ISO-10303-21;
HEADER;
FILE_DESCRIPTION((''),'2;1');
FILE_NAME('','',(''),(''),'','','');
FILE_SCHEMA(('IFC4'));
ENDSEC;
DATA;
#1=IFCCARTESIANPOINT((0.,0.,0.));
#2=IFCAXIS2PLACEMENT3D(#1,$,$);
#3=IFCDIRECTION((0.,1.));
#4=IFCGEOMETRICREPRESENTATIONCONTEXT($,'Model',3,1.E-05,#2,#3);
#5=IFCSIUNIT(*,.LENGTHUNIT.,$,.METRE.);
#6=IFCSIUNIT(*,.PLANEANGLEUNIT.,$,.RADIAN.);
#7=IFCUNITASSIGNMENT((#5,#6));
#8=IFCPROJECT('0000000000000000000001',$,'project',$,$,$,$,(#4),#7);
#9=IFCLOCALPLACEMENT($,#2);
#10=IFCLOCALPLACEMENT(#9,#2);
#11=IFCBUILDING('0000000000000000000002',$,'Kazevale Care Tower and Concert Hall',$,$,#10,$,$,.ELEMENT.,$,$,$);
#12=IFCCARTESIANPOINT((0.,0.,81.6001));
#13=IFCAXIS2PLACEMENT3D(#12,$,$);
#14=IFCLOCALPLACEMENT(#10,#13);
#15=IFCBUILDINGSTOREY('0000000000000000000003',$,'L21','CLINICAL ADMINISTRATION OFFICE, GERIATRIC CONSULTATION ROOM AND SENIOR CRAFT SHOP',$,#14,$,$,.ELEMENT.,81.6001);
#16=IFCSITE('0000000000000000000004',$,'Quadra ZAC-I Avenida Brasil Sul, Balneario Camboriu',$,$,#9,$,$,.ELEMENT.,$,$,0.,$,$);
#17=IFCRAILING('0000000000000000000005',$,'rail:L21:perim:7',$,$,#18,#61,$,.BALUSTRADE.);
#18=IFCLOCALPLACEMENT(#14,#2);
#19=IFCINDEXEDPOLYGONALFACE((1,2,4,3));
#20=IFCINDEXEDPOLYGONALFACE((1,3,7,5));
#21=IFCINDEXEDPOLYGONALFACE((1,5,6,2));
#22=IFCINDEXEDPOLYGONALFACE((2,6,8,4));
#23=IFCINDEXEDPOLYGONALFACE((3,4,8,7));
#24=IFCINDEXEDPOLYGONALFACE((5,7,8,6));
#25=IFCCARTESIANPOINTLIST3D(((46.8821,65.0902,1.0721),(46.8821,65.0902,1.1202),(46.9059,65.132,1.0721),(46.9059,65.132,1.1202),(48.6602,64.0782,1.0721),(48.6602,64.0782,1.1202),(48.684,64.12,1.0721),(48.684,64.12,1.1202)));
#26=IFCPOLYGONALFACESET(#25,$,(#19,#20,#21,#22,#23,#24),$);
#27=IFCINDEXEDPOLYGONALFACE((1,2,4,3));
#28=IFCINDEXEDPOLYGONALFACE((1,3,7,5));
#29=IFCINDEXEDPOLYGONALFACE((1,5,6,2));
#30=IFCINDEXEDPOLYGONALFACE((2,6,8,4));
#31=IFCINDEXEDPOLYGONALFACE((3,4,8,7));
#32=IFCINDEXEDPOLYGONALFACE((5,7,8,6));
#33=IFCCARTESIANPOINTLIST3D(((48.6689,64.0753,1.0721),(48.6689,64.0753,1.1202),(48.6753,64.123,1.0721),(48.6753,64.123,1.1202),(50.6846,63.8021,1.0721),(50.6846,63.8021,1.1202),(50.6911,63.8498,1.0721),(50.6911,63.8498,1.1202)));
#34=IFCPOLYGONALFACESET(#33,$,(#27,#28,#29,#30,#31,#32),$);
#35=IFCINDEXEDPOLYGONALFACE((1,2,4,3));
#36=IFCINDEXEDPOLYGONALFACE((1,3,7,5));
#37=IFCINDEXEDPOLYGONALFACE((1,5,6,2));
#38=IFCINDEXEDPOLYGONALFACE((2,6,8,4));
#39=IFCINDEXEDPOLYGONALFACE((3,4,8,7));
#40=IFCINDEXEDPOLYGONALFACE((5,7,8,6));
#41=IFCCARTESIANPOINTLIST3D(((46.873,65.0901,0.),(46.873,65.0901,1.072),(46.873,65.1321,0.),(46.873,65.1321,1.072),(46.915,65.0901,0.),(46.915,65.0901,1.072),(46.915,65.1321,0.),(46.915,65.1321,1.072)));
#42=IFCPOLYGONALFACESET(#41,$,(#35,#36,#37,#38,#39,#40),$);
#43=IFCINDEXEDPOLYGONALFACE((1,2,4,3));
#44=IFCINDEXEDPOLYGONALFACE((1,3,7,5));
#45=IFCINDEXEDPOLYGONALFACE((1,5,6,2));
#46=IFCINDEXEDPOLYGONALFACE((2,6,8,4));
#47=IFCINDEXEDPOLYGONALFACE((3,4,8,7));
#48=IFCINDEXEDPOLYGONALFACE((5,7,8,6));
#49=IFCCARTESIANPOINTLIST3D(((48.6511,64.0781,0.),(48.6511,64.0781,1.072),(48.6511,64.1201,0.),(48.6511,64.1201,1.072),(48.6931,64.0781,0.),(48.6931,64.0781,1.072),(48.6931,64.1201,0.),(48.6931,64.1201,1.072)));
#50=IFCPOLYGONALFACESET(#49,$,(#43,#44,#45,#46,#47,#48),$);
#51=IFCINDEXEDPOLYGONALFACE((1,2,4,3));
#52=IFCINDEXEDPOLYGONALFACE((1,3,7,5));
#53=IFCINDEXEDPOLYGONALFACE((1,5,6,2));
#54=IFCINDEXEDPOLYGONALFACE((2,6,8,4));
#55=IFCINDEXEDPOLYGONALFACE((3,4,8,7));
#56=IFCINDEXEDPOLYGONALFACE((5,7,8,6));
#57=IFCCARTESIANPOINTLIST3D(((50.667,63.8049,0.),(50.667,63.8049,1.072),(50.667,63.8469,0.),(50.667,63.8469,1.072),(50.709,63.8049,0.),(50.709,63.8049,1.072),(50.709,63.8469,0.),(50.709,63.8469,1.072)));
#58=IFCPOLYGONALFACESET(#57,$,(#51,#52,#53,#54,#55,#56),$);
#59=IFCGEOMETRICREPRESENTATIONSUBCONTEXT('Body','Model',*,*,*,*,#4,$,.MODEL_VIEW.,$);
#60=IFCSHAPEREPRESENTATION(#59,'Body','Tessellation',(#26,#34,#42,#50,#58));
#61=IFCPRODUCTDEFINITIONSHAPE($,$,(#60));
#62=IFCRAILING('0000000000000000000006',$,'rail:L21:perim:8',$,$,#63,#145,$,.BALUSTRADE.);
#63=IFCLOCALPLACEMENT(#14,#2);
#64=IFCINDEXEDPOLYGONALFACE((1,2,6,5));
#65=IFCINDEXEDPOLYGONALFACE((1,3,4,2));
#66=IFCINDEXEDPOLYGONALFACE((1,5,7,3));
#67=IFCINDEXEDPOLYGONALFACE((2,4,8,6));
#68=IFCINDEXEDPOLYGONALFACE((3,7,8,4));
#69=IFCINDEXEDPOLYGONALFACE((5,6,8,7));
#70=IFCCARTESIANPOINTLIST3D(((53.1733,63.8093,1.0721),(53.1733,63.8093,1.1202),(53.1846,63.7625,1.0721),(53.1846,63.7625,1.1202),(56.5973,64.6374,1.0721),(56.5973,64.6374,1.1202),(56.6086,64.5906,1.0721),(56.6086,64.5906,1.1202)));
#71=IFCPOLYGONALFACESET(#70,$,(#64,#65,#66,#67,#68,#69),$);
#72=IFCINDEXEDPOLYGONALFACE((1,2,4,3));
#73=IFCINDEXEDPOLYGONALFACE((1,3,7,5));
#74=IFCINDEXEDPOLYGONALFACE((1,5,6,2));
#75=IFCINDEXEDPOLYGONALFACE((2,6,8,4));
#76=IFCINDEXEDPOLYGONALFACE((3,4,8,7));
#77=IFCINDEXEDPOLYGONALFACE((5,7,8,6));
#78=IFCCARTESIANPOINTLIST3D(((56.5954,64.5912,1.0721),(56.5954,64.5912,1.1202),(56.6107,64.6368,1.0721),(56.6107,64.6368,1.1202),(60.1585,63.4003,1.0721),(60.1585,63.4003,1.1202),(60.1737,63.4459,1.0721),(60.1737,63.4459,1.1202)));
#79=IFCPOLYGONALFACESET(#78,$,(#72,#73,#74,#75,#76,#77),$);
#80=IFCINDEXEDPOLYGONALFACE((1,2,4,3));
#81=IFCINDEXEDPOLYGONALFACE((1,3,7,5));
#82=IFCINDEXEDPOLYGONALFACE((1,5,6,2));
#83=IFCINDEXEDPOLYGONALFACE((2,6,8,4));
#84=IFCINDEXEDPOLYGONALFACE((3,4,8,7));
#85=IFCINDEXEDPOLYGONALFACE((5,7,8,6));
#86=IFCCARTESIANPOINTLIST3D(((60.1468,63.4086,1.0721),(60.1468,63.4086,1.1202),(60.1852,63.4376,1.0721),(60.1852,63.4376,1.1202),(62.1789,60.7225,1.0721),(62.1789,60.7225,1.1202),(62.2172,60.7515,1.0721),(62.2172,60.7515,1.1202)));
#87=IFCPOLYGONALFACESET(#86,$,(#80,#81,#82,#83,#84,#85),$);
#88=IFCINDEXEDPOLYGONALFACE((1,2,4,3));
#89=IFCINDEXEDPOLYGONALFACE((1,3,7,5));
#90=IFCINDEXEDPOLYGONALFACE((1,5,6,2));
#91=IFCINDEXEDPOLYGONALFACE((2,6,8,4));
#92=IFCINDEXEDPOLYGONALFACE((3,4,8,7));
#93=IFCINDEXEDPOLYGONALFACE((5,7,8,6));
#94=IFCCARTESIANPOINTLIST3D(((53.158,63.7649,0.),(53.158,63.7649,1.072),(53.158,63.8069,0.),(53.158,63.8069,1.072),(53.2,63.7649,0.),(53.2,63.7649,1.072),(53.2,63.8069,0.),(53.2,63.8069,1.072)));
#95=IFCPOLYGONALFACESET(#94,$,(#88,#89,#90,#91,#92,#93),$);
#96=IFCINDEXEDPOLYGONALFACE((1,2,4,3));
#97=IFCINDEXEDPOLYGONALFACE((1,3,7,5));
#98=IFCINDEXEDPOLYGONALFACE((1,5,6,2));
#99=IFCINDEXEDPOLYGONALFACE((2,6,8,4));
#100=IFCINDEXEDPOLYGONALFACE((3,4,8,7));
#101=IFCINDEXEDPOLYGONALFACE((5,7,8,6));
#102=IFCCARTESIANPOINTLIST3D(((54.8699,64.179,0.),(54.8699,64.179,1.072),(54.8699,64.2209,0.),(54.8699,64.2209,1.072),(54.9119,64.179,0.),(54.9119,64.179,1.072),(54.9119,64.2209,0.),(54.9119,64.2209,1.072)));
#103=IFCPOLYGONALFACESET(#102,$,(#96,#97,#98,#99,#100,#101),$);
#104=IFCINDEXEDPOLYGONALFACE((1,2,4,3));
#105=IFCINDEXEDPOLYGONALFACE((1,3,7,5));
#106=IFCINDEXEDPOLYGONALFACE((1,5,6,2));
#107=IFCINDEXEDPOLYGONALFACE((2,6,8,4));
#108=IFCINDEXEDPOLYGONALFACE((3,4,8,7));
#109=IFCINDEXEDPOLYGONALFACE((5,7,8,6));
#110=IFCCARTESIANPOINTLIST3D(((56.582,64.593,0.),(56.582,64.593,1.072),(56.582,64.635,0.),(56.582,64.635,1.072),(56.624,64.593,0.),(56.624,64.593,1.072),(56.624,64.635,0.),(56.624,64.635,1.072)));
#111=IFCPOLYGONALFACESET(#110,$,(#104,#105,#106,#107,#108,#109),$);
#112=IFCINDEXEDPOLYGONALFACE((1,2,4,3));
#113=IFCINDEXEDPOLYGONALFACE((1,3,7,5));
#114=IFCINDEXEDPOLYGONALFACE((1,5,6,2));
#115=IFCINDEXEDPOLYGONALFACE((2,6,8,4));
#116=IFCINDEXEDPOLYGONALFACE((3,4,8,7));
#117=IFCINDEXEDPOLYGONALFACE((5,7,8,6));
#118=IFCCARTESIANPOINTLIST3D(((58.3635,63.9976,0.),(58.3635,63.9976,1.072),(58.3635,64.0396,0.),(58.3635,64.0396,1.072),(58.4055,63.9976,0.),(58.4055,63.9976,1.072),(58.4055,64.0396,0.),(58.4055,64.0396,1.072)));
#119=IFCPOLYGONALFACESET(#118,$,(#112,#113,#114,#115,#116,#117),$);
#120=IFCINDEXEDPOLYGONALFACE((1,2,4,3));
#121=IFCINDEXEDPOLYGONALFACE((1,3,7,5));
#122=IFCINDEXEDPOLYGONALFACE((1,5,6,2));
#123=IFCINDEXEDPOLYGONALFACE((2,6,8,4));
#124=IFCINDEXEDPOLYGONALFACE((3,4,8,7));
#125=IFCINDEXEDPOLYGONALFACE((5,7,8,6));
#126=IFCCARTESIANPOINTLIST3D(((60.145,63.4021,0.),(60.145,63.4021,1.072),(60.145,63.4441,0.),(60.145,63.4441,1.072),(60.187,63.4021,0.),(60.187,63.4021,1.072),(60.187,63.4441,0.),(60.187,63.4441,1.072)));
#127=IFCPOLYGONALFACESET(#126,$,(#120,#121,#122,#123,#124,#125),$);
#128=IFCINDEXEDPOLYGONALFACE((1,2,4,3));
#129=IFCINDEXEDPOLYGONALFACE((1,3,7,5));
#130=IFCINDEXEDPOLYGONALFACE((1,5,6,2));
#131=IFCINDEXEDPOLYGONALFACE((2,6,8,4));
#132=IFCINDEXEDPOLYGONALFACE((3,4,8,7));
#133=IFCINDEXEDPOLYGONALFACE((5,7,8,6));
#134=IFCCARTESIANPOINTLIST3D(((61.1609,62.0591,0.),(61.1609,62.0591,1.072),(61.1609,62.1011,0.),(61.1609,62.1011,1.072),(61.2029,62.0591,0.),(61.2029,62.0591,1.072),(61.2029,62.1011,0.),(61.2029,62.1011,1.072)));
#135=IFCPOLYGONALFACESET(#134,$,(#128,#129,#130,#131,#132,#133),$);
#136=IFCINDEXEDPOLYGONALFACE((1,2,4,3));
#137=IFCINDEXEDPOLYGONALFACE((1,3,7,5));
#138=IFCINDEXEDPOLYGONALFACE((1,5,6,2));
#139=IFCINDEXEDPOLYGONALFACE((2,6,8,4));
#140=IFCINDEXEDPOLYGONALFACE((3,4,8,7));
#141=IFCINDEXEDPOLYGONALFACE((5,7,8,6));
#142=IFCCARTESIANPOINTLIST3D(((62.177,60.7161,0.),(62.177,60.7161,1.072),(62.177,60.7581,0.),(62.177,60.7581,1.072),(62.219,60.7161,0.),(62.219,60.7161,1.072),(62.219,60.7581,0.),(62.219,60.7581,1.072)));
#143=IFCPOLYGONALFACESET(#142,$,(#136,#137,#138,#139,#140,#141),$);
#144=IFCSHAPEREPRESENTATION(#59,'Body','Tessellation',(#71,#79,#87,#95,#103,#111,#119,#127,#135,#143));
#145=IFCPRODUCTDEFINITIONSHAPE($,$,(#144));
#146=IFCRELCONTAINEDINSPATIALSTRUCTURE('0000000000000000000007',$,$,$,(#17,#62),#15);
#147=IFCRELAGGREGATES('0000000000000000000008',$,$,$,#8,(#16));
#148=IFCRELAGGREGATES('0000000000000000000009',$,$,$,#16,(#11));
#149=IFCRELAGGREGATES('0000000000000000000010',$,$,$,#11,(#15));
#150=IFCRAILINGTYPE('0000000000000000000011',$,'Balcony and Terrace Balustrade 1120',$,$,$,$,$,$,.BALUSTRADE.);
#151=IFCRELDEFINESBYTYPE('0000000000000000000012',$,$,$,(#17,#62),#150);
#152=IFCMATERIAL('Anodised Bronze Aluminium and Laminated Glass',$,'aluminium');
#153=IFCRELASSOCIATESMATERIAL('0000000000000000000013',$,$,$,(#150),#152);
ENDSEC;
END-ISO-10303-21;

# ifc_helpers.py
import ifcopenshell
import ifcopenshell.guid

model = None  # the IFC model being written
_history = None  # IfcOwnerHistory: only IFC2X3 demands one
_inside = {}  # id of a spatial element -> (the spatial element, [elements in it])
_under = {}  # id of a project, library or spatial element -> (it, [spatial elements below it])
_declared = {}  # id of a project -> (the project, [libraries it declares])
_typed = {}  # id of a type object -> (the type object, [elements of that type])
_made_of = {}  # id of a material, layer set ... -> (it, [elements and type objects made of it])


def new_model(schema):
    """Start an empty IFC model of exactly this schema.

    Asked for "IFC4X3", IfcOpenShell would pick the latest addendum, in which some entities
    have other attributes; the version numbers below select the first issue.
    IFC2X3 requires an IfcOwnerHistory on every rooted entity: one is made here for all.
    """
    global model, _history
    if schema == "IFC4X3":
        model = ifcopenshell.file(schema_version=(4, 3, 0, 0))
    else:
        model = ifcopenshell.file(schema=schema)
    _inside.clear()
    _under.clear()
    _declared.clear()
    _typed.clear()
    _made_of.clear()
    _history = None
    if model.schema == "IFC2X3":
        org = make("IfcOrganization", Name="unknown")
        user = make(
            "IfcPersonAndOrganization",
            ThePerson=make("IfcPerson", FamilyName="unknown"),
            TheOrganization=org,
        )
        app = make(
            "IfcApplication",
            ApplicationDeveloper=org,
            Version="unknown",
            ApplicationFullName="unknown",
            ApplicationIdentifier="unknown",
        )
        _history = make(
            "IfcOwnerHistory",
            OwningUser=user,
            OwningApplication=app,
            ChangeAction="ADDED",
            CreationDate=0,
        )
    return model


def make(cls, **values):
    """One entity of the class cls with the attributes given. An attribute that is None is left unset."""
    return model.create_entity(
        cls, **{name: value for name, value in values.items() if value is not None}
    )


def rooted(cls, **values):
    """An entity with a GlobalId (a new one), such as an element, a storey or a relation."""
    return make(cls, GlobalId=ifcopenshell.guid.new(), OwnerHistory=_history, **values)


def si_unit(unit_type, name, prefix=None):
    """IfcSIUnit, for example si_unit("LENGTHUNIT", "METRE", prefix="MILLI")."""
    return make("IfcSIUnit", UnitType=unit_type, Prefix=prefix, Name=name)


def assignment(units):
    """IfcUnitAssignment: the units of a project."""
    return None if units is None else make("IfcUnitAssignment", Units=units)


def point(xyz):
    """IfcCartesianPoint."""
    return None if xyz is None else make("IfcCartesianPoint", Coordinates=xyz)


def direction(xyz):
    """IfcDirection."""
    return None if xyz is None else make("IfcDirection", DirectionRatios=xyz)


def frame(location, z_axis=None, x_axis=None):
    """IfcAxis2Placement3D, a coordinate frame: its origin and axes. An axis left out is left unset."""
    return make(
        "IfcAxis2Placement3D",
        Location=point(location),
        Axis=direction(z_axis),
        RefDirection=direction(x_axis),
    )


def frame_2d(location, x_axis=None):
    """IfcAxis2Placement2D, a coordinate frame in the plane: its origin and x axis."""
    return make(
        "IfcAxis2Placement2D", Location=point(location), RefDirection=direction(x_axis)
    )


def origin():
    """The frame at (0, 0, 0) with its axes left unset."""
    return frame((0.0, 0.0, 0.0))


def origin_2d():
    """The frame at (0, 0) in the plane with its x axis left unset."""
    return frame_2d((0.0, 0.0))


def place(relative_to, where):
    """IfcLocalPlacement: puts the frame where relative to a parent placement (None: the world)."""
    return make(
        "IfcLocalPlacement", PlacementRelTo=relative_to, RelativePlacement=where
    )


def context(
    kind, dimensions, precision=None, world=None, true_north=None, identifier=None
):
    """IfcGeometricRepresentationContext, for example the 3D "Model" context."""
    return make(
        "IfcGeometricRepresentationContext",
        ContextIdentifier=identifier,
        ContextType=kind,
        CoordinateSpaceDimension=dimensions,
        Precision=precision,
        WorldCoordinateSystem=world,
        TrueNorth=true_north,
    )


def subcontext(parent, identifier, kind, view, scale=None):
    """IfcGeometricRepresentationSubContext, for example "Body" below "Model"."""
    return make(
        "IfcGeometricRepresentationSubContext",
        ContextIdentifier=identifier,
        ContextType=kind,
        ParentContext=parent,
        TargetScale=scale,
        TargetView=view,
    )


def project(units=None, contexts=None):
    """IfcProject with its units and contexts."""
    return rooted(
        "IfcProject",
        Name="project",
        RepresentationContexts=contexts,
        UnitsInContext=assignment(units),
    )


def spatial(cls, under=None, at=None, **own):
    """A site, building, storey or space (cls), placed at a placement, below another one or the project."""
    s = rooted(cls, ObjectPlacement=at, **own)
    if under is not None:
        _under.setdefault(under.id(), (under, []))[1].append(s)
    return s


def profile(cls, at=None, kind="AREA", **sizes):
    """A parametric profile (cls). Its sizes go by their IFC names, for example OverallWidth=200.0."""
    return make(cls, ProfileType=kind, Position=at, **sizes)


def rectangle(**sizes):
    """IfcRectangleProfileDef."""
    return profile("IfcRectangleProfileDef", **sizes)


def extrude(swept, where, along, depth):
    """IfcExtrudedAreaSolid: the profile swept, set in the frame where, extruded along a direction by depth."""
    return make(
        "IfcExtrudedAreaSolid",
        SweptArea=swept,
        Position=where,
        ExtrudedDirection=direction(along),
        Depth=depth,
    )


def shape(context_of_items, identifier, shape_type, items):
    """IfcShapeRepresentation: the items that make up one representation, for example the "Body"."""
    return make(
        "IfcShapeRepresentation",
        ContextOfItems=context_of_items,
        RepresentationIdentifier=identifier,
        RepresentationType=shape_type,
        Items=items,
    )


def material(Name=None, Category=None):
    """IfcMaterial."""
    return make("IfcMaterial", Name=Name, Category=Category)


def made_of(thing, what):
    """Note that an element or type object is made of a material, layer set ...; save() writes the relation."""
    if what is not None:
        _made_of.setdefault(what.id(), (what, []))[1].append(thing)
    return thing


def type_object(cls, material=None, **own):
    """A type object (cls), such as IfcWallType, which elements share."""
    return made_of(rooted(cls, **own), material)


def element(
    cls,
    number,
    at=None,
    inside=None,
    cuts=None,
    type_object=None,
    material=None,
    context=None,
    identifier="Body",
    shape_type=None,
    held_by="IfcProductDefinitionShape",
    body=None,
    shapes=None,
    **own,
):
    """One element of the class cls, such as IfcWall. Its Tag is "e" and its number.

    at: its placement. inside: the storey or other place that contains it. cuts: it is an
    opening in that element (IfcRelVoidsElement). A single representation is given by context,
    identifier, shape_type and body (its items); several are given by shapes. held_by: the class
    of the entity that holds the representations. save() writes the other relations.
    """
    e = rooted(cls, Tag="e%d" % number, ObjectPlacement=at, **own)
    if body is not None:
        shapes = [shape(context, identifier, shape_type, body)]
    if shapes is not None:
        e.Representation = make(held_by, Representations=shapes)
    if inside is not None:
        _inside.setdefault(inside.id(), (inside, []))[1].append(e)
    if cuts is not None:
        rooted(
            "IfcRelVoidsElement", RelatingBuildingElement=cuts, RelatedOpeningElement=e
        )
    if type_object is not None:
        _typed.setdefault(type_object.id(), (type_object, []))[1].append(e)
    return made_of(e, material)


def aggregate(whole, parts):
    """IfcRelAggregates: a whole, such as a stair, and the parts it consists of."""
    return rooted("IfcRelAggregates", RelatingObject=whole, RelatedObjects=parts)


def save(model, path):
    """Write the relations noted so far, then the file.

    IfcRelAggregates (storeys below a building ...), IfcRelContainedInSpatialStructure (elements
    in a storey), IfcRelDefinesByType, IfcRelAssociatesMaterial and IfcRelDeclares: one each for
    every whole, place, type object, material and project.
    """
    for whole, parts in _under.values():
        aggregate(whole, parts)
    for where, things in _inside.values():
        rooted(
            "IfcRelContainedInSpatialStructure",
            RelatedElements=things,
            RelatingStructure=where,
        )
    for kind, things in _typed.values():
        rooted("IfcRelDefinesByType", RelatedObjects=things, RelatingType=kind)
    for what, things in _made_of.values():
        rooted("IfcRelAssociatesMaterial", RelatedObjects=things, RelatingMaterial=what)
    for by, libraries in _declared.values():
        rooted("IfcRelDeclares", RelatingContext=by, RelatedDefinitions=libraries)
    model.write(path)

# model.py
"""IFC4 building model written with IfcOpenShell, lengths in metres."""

from ifc_helpers import new_model, si_unit, direction, frame, origin, origin_2d, place, context, subcontext, project, spatial, rectangle, extrude, material, type_object, element, save


model = new_model("IFC4")

# Units and contexts
model_context = context("Model", 3, precision=1e-05, world=origin(), true_north=direction((0.0, 1.0)))
body_context = subcontext(model_context, "Body", "Model", "MODEL_VIEW")
ifc_project = project(units=[si_unit("LENGTHUNIT", "METRE"), si_unit("PLANEANGLEUNIT", "RADIAN")], contexts=[model_context])

# Site, building, storey
site_placement = place(None, origin())
site = spatial("IfcSite", under=ifc_project, at=site_placement, Name="Quadra ZAC-I Avenida Brasil Sul, Balneario Camboriu", CompositionType="ELEMENT", RefElevation=0.0)
building_placement = place(site_placement, origin())
building = spatial("IfcBuilding", under=site, at=building_placement, Name="Kazevale Care Tower and Concert Hall", CompositionType="ELEMENT")
storey_placement = place(building_placement, frame((0.0, 0.0, 81.6001)))
storey = spatial("IfcBuildingStorey", under=building, at=storey_placement, Name="L21", Description="CLINICAL ADMINISTRATION OFFICE, GERIATRIC CONSULTATION ROOM AND SENIOR CRAFT SHOP", CompositionType="ELEMENT", Elevation=81.6001)

# Railings
ifc_material_1 = material(Name="Anodised Bronze Aluminium and Laminated Glass", Category="aluminium")
railing_type = type_object("IfcRailingType", Name="Balcony and Terrace Balustrade 1120", PredefinedType="BALUSTRADE", material=ifc_material_1)
railing_1_placement = place(storey_placement, frame((46.894, 65.1111, 0.0)))
element("IfcRailing", 1, at=railing_1_placement, inside=storey, type_object=railing_type, Name="rail:L21:perim:7", PredefinedType="BALUSTRADE", context=body_context, shape_type="SweptSolid", body=[
    extrude(rectangle(XDim=0.0481, YDim=0.0481, at=origin_2d()), frame((0.0, 0.0, 1.0962), z_axis=(0.869101, -0.494635, 0.0), x_axis=(0.494635, 0.869101, 0.0)), (0.0, 0.0, 1.0), 2.0459),
    extrude(rectangle(XDim=0.0481, YDim=0.0481, at=origin_2d()), frame((1.7781, -1.012, 1.0962), z_axis=(0.990942, -0.134294, 0.0), x_axis=(0.134294, 0.990942, 0.0)), (0.0, 0.0, 1.0), 2.0342),
    extrude(rectangle(XDim=0.042, YDim=0.042, at=origin_2d()), origin(), (0.0, 0.0, 1.0), 1.072),
    extrude(rectangle(XDim=0.042, YDim=0.042, at=origin_2d()), frame((1.7781, -1.012, 0.0)), (0.0, 0.0, 1.0), 1.072),
    extrude(rectangle(XDim=0.042, YDim=0.042, at=origin_2d()), frame((3.7939, -1.2852, 0.0)), (0.0, 0.0, 1.0), 1.072),
])
railing_2_placement = place(storey_placement, frame((53.179, 63.7859, 0.0)))
element("IfcRailing", 2, at=railing_2_placement, inside=storey, type_object=railing_type, Name="rail:L21:perim:8", PredefinedType="BALUSTRADE", context=body_context, shape_type="SweptSolid", body=[
    extrude(rectangle(XDim=0.0481, YDim=0.0481, at=origin_2d()), frame((0.0, 0.0, 1.0962), z_axis=(0.971977, 0.235076, 0.0), x_axis=(-0.235076, 0.971977, 0.0)), (0.0, 0.0, 1.0), 3.5227),
    extrude(rectangle(XDim=0.0481, YDim=0.0481, at=origin_2d()), frame((3.4241, 0.8281, 1.0962), z_axis=(0.948423, -0.317008, 0.0), x_axis=(0.317008, 0.948423, 0.0)), (0.0, 0.0, 1.0), 3.7568),
    extrude(rectangle(XDim=0.0481, YDim=0.0481, at=origin_2d()), frame((6.9871, -0.3628, 1.0962), z_axis=(0.603312, -0.797505, 0.0), x_axis=(0.797505, 0.603312, 0.0)), (0.0, 0.0, 1.0), 3.3682),
    extrude(rectangle(XDim=0.042, YDim=0.042, at=origin_2d()), origin(), (0.0, 0.0, 1.0), 1.072),
    extrude(rectangle(XDim=0.042, YDim=0.042, at=origin_2d()), frame((1.7119, 0.4141, 0.0)), (0.0, 0.0, 1.0), 1.072),
    extrude(rectangle(XDim=0.042, YDim=0.042, at=origin_2d()), frame((3.4241, 0.8281, 0.0)), (0.0, 0.0, 1.0), 1.072),
    extrude(rectangle(XDim=0.042, YDim=0.042, at=origin_2d()), frame((5.2056, 0.2327, 0.0)), (0.0, 0.0, 1.0), 1.072),
    extrude(rectangle(XDim=0.042, YDim=0.042, at=origin_2d()), frame((6.9871, -0.3628, 0.0)), (0.0, 0.0, 1.0), 1.072),
    extrude(rectangle(XDim=0.042, YDim=0.042, at=origin_2d()), frame((8.0029, -1.7058, 0.0)), (0.0, 0.0, 1.0), 1.072),
    extrude(rectangle(XDim=0.042, YDim=0.042, at=origin_2d()), frame((9.019, -3.0488, 0.0)), (0.0, 0.0, 1.0), 1.072),
])

save(model, "model.ifc")
